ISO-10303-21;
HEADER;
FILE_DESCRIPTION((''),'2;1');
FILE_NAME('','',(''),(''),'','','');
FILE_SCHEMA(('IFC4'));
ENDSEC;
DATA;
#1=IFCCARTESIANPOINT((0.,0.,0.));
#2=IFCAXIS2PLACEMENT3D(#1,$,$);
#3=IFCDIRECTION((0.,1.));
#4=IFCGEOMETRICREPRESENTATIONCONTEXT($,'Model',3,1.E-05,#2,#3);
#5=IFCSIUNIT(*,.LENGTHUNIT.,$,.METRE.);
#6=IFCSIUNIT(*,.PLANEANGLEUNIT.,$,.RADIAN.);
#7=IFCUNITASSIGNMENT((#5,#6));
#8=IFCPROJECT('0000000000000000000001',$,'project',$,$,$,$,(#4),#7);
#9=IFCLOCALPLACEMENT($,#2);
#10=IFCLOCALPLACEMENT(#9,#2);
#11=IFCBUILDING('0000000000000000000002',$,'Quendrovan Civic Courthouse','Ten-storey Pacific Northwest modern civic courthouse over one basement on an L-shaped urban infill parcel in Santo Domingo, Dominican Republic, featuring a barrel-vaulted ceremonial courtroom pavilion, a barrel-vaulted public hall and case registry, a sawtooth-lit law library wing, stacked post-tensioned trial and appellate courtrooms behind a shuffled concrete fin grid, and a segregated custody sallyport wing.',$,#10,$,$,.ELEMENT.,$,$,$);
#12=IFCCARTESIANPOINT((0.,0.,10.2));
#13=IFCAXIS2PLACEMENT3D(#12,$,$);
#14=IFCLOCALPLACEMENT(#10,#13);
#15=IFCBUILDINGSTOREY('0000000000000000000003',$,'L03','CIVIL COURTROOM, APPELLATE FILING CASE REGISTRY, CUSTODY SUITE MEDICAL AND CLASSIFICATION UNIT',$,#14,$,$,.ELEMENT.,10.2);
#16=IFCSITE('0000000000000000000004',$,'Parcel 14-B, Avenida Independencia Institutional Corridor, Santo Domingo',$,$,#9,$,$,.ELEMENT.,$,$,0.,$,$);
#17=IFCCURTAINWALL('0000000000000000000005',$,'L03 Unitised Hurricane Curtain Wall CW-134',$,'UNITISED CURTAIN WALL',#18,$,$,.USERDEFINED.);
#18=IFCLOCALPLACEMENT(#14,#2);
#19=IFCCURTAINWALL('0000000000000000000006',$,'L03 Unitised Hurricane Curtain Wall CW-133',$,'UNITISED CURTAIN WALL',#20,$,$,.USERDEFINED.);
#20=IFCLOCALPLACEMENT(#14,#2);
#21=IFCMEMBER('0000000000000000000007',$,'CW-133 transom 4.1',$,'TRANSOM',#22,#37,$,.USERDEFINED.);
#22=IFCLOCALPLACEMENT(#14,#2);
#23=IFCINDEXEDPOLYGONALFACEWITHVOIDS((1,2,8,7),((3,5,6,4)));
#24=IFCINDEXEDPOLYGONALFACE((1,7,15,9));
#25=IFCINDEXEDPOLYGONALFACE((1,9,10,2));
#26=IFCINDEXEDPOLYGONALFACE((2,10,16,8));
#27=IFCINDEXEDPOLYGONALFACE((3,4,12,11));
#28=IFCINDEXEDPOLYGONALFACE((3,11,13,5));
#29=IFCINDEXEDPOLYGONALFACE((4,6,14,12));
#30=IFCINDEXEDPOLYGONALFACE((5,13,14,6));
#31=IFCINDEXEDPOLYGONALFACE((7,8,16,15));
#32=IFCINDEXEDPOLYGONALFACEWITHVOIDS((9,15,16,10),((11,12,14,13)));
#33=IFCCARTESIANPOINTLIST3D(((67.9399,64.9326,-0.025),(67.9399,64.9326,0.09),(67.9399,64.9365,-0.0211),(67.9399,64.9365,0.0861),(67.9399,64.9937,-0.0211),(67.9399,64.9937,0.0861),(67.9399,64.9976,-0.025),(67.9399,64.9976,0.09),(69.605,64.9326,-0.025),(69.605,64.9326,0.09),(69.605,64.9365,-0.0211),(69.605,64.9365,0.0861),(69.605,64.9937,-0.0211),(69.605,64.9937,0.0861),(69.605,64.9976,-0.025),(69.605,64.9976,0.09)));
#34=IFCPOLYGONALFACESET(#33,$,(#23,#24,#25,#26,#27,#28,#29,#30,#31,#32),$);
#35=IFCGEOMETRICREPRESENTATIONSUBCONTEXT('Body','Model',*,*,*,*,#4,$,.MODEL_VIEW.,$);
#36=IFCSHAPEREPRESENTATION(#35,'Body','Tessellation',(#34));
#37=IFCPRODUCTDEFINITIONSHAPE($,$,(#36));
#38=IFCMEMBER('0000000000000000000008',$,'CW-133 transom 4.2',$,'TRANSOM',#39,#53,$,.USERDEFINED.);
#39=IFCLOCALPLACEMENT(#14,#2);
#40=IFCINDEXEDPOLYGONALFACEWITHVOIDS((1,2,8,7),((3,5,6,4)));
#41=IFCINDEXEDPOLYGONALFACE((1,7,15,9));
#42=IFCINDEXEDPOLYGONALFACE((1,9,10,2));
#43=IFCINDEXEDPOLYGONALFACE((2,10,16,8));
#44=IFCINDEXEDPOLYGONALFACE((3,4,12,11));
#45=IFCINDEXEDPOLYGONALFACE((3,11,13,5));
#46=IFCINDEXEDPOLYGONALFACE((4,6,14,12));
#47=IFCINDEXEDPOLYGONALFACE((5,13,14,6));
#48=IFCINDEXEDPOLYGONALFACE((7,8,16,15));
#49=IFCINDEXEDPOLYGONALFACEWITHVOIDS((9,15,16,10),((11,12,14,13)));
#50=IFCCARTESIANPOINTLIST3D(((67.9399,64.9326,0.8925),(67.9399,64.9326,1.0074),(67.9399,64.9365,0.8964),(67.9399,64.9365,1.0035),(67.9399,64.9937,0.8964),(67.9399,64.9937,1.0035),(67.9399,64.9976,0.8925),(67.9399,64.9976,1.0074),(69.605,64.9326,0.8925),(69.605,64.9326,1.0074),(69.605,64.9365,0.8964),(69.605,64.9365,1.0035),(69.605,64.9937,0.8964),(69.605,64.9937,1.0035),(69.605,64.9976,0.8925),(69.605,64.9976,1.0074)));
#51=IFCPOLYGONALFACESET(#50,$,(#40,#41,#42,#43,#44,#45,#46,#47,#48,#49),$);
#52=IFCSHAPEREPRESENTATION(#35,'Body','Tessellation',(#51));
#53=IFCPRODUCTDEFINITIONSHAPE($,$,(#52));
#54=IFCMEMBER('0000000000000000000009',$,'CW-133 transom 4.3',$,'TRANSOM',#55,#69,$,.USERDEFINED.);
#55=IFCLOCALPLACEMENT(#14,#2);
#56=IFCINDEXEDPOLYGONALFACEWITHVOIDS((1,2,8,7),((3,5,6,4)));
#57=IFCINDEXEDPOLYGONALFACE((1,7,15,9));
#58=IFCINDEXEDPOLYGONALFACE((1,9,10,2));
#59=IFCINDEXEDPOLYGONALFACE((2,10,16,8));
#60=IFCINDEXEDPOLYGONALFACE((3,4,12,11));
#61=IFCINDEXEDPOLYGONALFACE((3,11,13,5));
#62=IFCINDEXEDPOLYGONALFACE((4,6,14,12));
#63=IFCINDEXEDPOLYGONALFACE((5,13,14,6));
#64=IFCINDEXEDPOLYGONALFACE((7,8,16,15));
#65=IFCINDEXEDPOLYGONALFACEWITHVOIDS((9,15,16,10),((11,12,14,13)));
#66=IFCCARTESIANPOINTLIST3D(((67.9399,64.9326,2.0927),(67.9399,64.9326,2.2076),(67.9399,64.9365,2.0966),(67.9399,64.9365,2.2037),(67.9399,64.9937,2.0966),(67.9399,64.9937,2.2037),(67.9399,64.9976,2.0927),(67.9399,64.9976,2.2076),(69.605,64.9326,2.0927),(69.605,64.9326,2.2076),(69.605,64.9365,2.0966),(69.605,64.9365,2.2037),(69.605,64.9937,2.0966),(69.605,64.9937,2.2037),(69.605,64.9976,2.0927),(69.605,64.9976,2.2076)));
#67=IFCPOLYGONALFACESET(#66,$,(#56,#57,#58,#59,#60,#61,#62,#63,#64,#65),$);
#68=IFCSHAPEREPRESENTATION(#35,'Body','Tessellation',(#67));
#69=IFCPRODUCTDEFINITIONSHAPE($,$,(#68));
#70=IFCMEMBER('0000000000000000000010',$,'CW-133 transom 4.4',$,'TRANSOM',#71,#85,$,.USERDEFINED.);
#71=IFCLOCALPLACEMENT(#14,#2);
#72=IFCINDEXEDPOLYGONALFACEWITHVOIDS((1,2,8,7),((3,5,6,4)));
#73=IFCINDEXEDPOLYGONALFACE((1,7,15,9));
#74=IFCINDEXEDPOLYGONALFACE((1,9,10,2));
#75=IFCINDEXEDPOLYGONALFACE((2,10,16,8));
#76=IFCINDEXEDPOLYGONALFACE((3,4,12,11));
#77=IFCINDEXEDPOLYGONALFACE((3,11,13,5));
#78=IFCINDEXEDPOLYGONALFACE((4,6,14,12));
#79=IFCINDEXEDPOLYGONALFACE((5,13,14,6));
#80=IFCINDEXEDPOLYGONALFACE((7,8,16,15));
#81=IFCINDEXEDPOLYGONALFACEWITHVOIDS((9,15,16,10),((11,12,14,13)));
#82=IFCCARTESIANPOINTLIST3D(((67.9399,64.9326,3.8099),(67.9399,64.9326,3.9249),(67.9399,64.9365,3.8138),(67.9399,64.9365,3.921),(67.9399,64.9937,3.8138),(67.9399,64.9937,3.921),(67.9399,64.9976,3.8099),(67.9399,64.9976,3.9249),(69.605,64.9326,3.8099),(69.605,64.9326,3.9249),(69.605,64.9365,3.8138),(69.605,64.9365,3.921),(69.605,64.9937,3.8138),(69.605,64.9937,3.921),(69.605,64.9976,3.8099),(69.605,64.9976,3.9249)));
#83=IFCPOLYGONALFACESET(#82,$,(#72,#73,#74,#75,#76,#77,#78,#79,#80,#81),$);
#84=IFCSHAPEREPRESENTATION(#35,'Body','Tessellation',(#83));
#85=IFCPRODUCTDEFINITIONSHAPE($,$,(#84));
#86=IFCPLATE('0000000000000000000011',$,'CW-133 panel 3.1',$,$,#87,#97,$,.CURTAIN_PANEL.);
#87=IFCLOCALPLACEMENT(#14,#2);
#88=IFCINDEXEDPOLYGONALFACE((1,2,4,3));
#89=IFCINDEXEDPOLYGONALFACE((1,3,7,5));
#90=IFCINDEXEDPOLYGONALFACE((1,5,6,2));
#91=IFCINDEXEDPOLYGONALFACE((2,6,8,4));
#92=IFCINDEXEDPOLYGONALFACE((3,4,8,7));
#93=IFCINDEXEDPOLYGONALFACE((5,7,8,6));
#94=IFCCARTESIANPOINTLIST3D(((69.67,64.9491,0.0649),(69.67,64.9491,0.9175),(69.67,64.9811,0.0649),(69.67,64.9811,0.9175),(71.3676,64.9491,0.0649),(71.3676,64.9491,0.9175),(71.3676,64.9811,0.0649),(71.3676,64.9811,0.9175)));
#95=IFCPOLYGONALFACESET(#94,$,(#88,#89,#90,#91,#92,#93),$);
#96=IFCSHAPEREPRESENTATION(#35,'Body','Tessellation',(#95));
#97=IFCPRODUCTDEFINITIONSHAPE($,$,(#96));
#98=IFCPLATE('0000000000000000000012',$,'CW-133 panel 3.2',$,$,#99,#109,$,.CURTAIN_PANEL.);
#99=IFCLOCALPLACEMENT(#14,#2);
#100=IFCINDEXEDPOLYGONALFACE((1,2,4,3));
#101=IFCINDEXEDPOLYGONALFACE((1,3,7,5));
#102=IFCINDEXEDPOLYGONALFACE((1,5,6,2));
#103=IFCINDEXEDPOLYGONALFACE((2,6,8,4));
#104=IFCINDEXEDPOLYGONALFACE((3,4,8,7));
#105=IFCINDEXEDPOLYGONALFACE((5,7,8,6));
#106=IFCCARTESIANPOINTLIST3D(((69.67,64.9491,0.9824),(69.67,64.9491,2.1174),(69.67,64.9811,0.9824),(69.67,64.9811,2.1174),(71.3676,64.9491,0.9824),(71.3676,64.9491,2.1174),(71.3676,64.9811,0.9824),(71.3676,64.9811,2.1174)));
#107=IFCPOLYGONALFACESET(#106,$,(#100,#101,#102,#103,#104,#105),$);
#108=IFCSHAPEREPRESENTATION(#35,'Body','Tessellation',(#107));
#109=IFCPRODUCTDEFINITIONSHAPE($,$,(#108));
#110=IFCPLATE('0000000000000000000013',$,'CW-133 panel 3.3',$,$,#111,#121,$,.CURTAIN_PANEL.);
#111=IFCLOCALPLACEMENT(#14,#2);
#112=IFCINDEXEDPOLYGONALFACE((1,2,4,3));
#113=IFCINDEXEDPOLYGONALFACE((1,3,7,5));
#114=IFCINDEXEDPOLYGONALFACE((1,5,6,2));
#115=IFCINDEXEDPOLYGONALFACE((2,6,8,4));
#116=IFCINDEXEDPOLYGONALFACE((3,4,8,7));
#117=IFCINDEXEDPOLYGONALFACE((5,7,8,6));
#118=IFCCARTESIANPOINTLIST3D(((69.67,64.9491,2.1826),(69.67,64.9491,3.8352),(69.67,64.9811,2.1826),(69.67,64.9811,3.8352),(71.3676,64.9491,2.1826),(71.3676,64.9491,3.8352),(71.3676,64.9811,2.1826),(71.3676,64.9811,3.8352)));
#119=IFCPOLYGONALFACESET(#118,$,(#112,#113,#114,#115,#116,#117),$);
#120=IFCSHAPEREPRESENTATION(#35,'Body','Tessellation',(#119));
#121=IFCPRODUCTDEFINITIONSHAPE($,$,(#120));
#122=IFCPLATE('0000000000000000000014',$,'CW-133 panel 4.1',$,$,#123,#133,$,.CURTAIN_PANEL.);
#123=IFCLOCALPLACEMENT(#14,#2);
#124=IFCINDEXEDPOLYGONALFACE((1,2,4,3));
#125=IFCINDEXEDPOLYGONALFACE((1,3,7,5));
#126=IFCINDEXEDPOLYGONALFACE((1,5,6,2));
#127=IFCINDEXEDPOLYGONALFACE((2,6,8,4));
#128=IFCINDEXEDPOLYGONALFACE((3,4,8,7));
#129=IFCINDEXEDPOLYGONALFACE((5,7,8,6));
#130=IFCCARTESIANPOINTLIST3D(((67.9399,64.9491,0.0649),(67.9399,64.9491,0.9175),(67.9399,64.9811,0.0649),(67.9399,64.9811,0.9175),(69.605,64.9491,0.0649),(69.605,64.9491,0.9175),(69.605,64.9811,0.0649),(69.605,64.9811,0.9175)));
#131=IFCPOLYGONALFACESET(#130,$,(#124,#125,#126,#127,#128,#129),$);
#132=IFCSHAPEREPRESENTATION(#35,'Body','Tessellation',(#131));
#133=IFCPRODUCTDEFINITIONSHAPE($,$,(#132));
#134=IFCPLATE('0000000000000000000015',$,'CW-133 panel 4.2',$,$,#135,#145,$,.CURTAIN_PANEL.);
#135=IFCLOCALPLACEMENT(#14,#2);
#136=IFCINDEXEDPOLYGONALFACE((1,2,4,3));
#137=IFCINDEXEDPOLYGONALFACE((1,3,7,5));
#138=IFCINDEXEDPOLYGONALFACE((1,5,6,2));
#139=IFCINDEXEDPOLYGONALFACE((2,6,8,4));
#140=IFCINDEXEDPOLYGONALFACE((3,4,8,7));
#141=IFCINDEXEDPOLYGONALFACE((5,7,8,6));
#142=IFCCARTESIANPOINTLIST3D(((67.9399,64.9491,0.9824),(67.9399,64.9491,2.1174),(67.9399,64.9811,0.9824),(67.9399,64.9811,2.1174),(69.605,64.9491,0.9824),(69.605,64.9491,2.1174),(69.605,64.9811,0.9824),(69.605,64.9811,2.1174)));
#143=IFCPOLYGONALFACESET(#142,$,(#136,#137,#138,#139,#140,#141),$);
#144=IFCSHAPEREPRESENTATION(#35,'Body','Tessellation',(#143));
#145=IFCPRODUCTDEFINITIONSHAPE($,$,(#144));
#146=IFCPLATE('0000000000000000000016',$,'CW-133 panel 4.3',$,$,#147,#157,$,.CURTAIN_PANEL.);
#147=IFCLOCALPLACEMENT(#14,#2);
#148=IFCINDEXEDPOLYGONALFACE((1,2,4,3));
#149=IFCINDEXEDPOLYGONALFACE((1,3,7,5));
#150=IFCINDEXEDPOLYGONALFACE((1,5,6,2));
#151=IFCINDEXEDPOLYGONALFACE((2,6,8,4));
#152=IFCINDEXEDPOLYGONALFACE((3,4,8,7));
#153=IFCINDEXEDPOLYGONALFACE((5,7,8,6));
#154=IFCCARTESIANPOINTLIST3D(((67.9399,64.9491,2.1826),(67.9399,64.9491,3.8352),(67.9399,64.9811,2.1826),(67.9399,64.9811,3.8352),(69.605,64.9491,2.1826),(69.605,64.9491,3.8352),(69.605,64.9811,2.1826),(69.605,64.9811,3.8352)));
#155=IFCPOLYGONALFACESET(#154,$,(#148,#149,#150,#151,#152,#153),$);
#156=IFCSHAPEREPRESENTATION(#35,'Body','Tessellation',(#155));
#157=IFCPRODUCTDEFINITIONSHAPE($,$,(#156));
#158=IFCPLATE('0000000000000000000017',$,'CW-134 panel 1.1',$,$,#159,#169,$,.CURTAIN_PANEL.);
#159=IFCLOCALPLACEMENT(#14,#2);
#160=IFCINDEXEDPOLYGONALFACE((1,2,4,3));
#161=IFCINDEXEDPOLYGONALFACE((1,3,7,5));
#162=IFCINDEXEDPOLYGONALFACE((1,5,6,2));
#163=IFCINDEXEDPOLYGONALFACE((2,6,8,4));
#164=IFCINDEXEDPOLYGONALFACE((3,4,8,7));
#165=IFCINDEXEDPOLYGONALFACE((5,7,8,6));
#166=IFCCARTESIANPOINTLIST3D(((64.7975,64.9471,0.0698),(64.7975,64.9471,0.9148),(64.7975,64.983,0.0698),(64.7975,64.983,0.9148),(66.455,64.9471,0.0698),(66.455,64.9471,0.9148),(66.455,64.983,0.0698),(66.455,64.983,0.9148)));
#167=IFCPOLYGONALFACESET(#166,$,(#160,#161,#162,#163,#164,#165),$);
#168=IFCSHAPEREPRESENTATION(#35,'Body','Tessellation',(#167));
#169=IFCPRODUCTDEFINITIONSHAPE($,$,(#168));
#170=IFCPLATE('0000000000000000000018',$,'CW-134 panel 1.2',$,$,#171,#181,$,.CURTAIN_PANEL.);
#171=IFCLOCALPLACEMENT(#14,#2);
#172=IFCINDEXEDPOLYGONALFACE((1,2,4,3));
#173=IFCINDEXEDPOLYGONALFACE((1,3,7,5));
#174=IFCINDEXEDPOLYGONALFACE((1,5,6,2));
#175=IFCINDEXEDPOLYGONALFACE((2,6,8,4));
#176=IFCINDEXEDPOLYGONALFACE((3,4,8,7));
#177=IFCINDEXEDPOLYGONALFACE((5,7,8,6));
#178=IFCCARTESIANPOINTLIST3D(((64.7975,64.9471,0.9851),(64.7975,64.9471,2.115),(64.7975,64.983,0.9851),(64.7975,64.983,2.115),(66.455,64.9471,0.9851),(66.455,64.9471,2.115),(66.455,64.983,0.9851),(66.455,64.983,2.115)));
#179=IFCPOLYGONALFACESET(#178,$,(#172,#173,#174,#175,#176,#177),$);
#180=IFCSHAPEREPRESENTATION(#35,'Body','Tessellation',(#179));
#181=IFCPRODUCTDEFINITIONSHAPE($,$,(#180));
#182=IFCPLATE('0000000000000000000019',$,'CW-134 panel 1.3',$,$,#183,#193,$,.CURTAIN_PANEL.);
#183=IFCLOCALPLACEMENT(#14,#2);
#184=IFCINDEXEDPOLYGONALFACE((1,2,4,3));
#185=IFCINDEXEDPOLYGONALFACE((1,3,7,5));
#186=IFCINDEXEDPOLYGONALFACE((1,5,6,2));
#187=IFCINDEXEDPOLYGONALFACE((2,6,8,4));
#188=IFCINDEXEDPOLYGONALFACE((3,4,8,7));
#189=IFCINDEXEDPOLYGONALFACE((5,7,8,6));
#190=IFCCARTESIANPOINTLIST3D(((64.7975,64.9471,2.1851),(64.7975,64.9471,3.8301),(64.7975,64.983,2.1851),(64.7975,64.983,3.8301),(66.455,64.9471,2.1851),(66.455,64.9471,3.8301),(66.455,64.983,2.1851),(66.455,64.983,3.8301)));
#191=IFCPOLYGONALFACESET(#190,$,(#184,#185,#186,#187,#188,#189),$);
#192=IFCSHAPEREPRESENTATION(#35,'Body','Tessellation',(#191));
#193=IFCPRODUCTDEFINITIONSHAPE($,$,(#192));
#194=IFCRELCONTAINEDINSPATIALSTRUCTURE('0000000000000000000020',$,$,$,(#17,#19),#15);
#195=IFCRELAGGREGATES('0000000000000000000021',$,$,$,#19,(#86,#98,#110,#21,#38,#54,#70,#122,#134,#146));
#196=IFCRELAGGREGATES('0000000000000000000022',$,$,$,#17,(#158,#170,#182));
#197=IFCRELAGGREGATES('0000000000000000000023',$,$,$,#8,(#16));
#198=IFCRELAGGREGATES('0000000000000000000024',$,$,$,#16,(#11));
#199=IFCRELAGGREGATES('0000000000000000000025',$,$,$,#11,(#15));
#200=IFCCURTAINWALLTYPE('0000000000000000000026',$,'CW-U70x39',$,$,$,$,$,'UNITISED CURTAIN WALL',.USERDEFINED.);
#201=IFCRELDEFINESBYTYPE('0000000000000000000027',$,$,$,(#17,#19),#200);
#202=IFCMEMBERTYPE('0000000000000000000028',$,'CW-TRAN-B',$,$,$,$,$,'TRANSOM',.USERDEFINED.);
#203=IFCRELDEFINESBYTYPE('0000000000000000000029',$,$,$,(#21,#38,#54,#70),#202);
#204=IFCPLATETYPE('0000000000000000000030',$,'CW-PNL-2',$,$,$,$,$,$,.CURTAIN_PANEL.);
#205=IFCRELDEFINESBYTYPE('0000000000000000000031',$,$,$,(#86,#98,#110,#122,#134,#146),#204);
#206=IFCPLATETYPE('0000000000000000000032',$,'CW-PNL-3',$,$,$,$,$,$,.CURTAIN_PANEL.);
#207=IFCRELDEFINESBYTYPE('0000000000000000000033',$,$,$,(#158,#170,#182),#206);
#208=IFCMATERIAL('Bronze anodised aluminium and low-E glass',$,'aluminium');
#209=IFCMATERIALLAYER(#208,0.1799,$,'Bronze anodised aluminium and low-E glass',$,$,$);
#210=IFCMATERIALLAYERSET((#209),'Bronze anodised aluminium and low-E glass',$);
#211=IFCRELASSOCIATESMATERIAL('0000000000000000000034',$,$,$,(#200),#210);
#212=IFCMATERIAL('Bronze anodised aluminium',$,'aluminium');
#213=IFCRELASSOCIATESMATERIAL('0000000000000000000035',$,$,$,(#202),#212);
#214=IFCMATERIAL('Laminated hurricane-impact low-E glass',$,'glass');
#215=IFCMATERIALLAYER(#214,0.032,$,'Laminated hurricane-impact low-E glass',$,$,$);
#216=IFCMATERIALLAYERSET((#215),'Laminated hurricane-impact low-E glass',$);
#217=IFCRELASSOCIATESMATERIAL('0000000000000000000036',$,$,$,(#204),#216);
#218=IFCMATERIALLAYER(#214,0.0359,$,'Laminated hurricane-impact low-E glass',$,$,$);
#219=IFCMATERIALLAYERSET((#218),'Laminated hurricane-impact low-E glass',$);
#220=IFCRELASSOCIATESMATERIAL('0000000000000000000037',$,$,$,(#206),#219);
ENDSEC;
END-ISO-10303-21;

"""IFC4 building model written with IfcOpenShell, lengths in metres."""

from ifc_helpers import new_model, si_unit, direction, frame, origin, origin_2d, place, context, subcontext, project, spatial, rectangle, hollow_rectangle, extrude, material, layer, layer_set, material_profile, profile_set, type_object, element, aggregate, save


model = new_model("IFC4")

# Units and contexts
model_context = context("Model", 3, precision=1e-05, world=origin(), true_north=direction((0.0, 1.0)))
body_context = subcontext(model_context, "Body", "Model", "MODEL_VIEW")
ifc_project = project(units=[si_unit("LENGTHUNIT", "METRE"), si_unit("PLANEANGLEUNIT", "RADIAN")], contexts=[model_context])

# Site, building, storey
site_placement = place(None, origin())
site = spatial("IfcSite", under=ifc_project, at=site_placement, Name="Parcel 14-B, Avenida Independencia Institutional Corridor, Santo Domingo", CompositionType="ELEMENT", RefElevation=0.0)
building_placement = place(site_placement, origin())
building = spatial("IfcBuilding", under=site, at=building_placement, Name="Quendrovan Civic Courthouse", Description="Ten-storey Pacific Northwest modern civic courthouse over one basement on an L-shaped urban infill parcel in Santo Domingo, Dominican Republic, featuring a barrel-vaulted ceremonial courtroom pavilion, a barrel-vaulted public hall and case registry, a sawtooth-lit law library wing, stacked post-tensioned trial and appellate courtrooms behind a shuffled concrete fin grid, and a segregated custody sallyport wing.", CompositionType="ELEMENT")
storey_placement = place(building_placement, frame((0.0, 0.0, 10.2)))
storey = spatial("IfcBuildingStorey", under=building, at=storey_placement, Name="L03", Description="CIVIL COURTROOM, APPELLATE FILING CASE REGISTRY, CUSTODY SUITE MEDICAL AND CLASSIFICATION UNIT", CompositionType="ELEMENT", Elevation=10.2)

# Curtain walls
ifc_material_1 = material(Name="Bronze anodised aluminium and low-E glass", Category="aluminium")
ifc_layer_1 = layer(ifc_material_1, 0.1799, Name="Bronze anodised aluminium and low-E glass")
ifc_layer_set_1 = layer_set([ifc_layer_1], Name="Bronze anodised aluminium and low-E glass")
curtain_wall_type = type_object("IfcCurtainWallType", Name="CW-U70x39", ElementType="UNITISED CURTAIN WALL", PredefinedType="USERDEFINED", material=ifc_layer_set_1)
curtain_wall_1_placement = place(storey_placement, origin())
curtain_wall_1 = element("IfcCurtainWall", 1, at=curtain_wall_1_placement, inside=storey, type_object=curtain_wall_type, Name="L03 Unitised Hurricane Curtain Wall CW-134", ObjectType="UNITISED CURTAIN WALL", PredefinedType="USERDEFINED")
ifc_material_2 = material(Name="Bronze anodised aluminium", Category="aluminium")
curtain_wall_2_placement = place(storey_placement, origin())
curtain_wall_2 = element("IfcCurtainWall", 2, at=curtain_wall_2_placement, inside=storey, type_object=curtain_wall_type, Name="L03 Unitised Hurricane Curtain Wall CW-133", ObjectType="UNITISED CURTAIN WALL", PredefinedType="USERDEFINED")

# Members
ifc_material_profile_1 = material_profile(ifc_material_2, hollow_rectangle(XDim=0.0649, YDim=0.115, WallThickness=0.0039, at=origin_2d()), Name="CW-TRAN-65x115")
ifc_profile_set_1 = profile_set([ifc_material_profile_1], Name="Bronze anodised aluminium")
member_type_1 = type_object("IfcMemberType", Name="CW-TRAN-B", ElementType="TRANSOM", PredefinedType="USERDEFINED", material=ifc_profile_set_1)
member_1_placement = place(storey_placement, frame((69.605, 64.9651, 0.0325), z_axis=(-1.0, 0.0, 0.0), x_axis=(0.0, -1.0, 0.0)))
member_1 = element("IfcMember", 3, at=member_1_placement, type_object=member_type_1, Name="CW-133 transom 4.1", ObjectType="TRANSOM", PredefinedType="USERDEFINED", context=body_context, shape_type="SweptSolid", body=[
    extrude(hollow_rectangle(XDim=0.0649, YDim=0.115, WallThickness=0.0039, at=origin_2d()), origin(), (0.0, 0.0, 1.0), 1.665),
])
member_2_placement = place(storey_placement, frame((69.605, 64.9651, 0.95), z_axis=(-1.0, 0.0, 0.0), x_axis=(0.0, -1.0, 0.0)))
member_2 = element("IfcMember", 4, at=member_2_placement, type_object=member_type_1, Name="CW-133 transom 4.2", ObjectType="TRANSOM", PredefinedType="USERDEFINED", context=body_context, shape_type="SweptSolid", body=[
    extrude(hollow_rectangle(XDim=0.0649, YDim=0.115, WallThickness=0.0039, at=origin_2d()), origin(), (0.0, 0.0, 1.0), 1.665),
])
member_3_placement = place(storey_placement, frame((69.605, 64.9651, 2.1501), z_axis=(-1.0, 0.0, 0.0), x_axis=(0.0, -1.0, 0.0)))
member_3 = element("IfcMember", 5, at=member_3_placement, type_object=member_type_1, Name="CW-133 transom 4.3", ObjectType="TRANSOM", PredefinedType="USERDEFINED", context=body_context, shape_type="SweptSolid", body=[
    extrude(hollow_rectangle(XDim=0.0649, YDim=0.115, WallThickness=0.0039, at=origin_2d()), origin(), (0.0, 0.0, 1.0), 1.665),
])
member_4_placement = place(storey_placement, frame((69.605, 64.9651, 3.8674), z_axis=(-1.0, 0.0, 0.0), x_axis=(0.0, -1.0, 0.0)))
member_4 = element("IfcMember", 6, at=member_4_placement, type_object=member_type_1, Name="CW-133 transom 4.4", ObjectType="TRANSOM", PredefinedType="USERDEFINED", context=body_context, shape_type="SweptSolid", body=[
    extrude(hollow_rectangle(XDim=0.0649, YDim=0.115, WallThickness=0.0039, at=origin_2d()), origin(), (0.0, 0.0, 1.0), 1.665),
])

# Plates
ifc_material_3 = material(Name="Laminated hurricane-impact low-E glass", Category="glass")
ifc_layer_2 = layer(ifc_material_3, 0.032, Name="Laminated hurricane-impact low-E glass")
ifc_layer_set_2 = layer_set([ifc_layer_2], Name="Laminated hurricane-impact low-E glass")
plate_type_1 = type_object("IfcPlateType", Name="CW-PNL-2", PredefinedType="CURTAIN_PANEL", material=ifc_layer_set_2)
plate_1_placement = place(storey_placement, frame((70.5188, 64.9651, 0.0649), z_axis=(0.0, 0.0, 1.0), x_axis=(-1.0, 0.0, 0.0)))
plate_1 = element("IfcPlate", 7, at=plate_1_placement, type_object=plate_type_1, Name="CW-133 panel 3.1", PredefinedType="CURTAIN_PANEL", context=body_context, shape_type="SweptSolid", body=[
    extrude(rectangle(XDim=1.6975, YDim=0.032, at=origin_2d()), origin(), (0.0, 0.0, 1.0), 0.8525),
])
plate_2_placement = place(storey_placement, frame((70.5188, 64.9651, 0.9824), z_axis=(0.0, 0.0, 1.0), x_axis=(-1.0, 0.0, 0.0)))
plate_2 = element("IfcPlate", 8, at=plate_2_placement, type_object=plate_type_1, Name="CW-133 panel 3.2", PredefinedType="CURTAIN_PANEL", context=body_context, shape_type="SweptSolid", body=[
    extrude(rectangle(XDim=1.6975, YDim=0.032, at=origin_2d()), origin(), (0.0, 0.0, 1.0), 1.135),
])
plate_3_placement = place(storey_placement, frame((70.5188, 64.9651, 2.1826), z_axis=(0.0, 0.0, 1.0), x_axis=(-1.0, 0.0, 0.0)))
plate_3 = element("IfcPlate", 9, at=plate_3_placement, type_object=plate_type_1, Name="CW-133 panel 3.3", PredefinedType="CURTAIN_PANEL", context=body_context, shape_type="SweptSolid", body=[
    extrude(rectangle(XDim=1.6975, YDim=0.032, at=origin_2d()), origin(), (0.0, 0.0, 1.0), 1.6526),
])
plate_4_placement = place(storey_placement, frame((68.7725, 64.9651, 0.0649), z_axis=(0.0, 0.0, 1.0), x_axis=(-1.0, 0.0, 0.0)))
plate_4 = element("IfcPlate", 10, at=plate_4_placement, type_object=plate_type_1, Name="CW-133 panel 4.1", PredefinedType="CURTAIN_PANEL", context=body_context, shape_type="SweptSolid", body=[
    extrude(rectangle(XDim=1.665, YDim=0.032, at=origin_2d()), origin(), (0.0, 0.0, 1.0), 0.8525),
])
plate_5_placement = place(storey_placement, frame((68.7725, 64.9651, 0.9824), z_axis=(0.0, 0.0, 1.0), x_axis=(-1.0, 0.0, 0.0)))
plate_5 = element("IfcPlate", 11, at=plate_5_placement, type_object=plate_type_1, Name="CW-133 panel 4.2", PredefinedType="CURTAIN_PANEL", context=body_context, shape_type="SweptSolid", body=[
    extrude(rectangle(XDim=1.665, YDim=0.032, at=origin_2d()), origin(), (0.0, 0.0, 1.0), 1.135),
])
plate_6_placement = place(storey_placement, frame((68.7725, 64.9651, 2.1826), z_axis=(0.0, 0.0, 1.0), x_axis=(-1.0, 0.0, 0.0)))
plate_6 = element("IfcPlate", 12, at=plate_6_placement, type_object=plate_type_1, Name="CW-133 panel 4.3", PredefinedType="CURTAIN_PANEL", context=body_context, shape_type="SweptSolid", body=[
    extrude(rectangle(XDim=1.665, YDim=0.032, at=origin_2d()), origin(), (0.0, 0.0, 1.0), 1.6526),
])
aggregate(curtain_wall_2, [plate_1, plate_2, plate_3, member_1, member_2, member_3, member_4, plate_4, plate_5, plate_6])
ifc_layer_3 = layer(ifc_material_3, 0.0359, Name="Laminated hurricane-impact low-E glass")
ifc_layer_set_3 = layer_set([ifc_layer_3], Name="Laminated hurricane-impact low-E glass")
plate_type_2 = type_object("IfcPlateType", Name="CW-PNL-3", PredefinedType="CURTAIN_PANEL", material=ifc_layer_set_3)
plate_7_placement = place(storey_placement, frame((65.6262, 64.9651, 0.0698), z_axis=(0.0, 0.0, 1.0), x_axis=(-1.0, 0.0, 0.0)))
plate_7 = element("IfcPlate", 13, at=plate_7_placement, type_object=plate_type_2, Name="CW-134 panel 1.1", PredefinedType="CURTAIN_PANEL", context=body_context, shape_type="SweptSolid", body=[
    extrude(rectangle(XDim=1.6575, YDim=0.0359, at=origin_2d()), origin(), (0.0, 0.0, 1.0), 0.845),
])
plate_8_placement = place(storey_placement, frame((65.6262, 64.9651, 0.9851), z_axis=(0.0, 0.0, 1.0), x_axis=(-1.0, 0.0, 0.0)))
plate_8 = element("IfcPlate", 14, at=plate_8_placement, type_object=plate_type_2, Name="CW-134 panel 1.2", PredefinedType="CURTAIN_PANEL", context=body_context, shape_type="SweptSolid", body=[
    extrude(rectangle(XDim=1.6575, YDim=0.0359, at=origin_2d()), origin(), (0.0, 0.0, 1.0), 1.1299),
])
plate_9_placement = place(storey_placement, frame((65.6262, 64.9651, 2.1851), z_axis=(0.0, 0.0, 1.0), x_axis=(-1.0, 0.0, 0.0)))
plate_9 = element("IfcPlate", 15, at=plate_9_placement, type_object=plate_type_2, Name="CW-134 panel 1.3", PredefinedType="CURTAIN_PANEL", context=body_context, shape_type="SweptSolid", body=[
    extrude(rectangle(XDim=1.6575, YDim=0.0359, at=origin_2d()), origin(), (0.0, 0.0, 1.0), 1.645),
])
aggregate(curtain_wall_1, [plate_7, plate_8, plate_9])

save(model, "model.ifc")
